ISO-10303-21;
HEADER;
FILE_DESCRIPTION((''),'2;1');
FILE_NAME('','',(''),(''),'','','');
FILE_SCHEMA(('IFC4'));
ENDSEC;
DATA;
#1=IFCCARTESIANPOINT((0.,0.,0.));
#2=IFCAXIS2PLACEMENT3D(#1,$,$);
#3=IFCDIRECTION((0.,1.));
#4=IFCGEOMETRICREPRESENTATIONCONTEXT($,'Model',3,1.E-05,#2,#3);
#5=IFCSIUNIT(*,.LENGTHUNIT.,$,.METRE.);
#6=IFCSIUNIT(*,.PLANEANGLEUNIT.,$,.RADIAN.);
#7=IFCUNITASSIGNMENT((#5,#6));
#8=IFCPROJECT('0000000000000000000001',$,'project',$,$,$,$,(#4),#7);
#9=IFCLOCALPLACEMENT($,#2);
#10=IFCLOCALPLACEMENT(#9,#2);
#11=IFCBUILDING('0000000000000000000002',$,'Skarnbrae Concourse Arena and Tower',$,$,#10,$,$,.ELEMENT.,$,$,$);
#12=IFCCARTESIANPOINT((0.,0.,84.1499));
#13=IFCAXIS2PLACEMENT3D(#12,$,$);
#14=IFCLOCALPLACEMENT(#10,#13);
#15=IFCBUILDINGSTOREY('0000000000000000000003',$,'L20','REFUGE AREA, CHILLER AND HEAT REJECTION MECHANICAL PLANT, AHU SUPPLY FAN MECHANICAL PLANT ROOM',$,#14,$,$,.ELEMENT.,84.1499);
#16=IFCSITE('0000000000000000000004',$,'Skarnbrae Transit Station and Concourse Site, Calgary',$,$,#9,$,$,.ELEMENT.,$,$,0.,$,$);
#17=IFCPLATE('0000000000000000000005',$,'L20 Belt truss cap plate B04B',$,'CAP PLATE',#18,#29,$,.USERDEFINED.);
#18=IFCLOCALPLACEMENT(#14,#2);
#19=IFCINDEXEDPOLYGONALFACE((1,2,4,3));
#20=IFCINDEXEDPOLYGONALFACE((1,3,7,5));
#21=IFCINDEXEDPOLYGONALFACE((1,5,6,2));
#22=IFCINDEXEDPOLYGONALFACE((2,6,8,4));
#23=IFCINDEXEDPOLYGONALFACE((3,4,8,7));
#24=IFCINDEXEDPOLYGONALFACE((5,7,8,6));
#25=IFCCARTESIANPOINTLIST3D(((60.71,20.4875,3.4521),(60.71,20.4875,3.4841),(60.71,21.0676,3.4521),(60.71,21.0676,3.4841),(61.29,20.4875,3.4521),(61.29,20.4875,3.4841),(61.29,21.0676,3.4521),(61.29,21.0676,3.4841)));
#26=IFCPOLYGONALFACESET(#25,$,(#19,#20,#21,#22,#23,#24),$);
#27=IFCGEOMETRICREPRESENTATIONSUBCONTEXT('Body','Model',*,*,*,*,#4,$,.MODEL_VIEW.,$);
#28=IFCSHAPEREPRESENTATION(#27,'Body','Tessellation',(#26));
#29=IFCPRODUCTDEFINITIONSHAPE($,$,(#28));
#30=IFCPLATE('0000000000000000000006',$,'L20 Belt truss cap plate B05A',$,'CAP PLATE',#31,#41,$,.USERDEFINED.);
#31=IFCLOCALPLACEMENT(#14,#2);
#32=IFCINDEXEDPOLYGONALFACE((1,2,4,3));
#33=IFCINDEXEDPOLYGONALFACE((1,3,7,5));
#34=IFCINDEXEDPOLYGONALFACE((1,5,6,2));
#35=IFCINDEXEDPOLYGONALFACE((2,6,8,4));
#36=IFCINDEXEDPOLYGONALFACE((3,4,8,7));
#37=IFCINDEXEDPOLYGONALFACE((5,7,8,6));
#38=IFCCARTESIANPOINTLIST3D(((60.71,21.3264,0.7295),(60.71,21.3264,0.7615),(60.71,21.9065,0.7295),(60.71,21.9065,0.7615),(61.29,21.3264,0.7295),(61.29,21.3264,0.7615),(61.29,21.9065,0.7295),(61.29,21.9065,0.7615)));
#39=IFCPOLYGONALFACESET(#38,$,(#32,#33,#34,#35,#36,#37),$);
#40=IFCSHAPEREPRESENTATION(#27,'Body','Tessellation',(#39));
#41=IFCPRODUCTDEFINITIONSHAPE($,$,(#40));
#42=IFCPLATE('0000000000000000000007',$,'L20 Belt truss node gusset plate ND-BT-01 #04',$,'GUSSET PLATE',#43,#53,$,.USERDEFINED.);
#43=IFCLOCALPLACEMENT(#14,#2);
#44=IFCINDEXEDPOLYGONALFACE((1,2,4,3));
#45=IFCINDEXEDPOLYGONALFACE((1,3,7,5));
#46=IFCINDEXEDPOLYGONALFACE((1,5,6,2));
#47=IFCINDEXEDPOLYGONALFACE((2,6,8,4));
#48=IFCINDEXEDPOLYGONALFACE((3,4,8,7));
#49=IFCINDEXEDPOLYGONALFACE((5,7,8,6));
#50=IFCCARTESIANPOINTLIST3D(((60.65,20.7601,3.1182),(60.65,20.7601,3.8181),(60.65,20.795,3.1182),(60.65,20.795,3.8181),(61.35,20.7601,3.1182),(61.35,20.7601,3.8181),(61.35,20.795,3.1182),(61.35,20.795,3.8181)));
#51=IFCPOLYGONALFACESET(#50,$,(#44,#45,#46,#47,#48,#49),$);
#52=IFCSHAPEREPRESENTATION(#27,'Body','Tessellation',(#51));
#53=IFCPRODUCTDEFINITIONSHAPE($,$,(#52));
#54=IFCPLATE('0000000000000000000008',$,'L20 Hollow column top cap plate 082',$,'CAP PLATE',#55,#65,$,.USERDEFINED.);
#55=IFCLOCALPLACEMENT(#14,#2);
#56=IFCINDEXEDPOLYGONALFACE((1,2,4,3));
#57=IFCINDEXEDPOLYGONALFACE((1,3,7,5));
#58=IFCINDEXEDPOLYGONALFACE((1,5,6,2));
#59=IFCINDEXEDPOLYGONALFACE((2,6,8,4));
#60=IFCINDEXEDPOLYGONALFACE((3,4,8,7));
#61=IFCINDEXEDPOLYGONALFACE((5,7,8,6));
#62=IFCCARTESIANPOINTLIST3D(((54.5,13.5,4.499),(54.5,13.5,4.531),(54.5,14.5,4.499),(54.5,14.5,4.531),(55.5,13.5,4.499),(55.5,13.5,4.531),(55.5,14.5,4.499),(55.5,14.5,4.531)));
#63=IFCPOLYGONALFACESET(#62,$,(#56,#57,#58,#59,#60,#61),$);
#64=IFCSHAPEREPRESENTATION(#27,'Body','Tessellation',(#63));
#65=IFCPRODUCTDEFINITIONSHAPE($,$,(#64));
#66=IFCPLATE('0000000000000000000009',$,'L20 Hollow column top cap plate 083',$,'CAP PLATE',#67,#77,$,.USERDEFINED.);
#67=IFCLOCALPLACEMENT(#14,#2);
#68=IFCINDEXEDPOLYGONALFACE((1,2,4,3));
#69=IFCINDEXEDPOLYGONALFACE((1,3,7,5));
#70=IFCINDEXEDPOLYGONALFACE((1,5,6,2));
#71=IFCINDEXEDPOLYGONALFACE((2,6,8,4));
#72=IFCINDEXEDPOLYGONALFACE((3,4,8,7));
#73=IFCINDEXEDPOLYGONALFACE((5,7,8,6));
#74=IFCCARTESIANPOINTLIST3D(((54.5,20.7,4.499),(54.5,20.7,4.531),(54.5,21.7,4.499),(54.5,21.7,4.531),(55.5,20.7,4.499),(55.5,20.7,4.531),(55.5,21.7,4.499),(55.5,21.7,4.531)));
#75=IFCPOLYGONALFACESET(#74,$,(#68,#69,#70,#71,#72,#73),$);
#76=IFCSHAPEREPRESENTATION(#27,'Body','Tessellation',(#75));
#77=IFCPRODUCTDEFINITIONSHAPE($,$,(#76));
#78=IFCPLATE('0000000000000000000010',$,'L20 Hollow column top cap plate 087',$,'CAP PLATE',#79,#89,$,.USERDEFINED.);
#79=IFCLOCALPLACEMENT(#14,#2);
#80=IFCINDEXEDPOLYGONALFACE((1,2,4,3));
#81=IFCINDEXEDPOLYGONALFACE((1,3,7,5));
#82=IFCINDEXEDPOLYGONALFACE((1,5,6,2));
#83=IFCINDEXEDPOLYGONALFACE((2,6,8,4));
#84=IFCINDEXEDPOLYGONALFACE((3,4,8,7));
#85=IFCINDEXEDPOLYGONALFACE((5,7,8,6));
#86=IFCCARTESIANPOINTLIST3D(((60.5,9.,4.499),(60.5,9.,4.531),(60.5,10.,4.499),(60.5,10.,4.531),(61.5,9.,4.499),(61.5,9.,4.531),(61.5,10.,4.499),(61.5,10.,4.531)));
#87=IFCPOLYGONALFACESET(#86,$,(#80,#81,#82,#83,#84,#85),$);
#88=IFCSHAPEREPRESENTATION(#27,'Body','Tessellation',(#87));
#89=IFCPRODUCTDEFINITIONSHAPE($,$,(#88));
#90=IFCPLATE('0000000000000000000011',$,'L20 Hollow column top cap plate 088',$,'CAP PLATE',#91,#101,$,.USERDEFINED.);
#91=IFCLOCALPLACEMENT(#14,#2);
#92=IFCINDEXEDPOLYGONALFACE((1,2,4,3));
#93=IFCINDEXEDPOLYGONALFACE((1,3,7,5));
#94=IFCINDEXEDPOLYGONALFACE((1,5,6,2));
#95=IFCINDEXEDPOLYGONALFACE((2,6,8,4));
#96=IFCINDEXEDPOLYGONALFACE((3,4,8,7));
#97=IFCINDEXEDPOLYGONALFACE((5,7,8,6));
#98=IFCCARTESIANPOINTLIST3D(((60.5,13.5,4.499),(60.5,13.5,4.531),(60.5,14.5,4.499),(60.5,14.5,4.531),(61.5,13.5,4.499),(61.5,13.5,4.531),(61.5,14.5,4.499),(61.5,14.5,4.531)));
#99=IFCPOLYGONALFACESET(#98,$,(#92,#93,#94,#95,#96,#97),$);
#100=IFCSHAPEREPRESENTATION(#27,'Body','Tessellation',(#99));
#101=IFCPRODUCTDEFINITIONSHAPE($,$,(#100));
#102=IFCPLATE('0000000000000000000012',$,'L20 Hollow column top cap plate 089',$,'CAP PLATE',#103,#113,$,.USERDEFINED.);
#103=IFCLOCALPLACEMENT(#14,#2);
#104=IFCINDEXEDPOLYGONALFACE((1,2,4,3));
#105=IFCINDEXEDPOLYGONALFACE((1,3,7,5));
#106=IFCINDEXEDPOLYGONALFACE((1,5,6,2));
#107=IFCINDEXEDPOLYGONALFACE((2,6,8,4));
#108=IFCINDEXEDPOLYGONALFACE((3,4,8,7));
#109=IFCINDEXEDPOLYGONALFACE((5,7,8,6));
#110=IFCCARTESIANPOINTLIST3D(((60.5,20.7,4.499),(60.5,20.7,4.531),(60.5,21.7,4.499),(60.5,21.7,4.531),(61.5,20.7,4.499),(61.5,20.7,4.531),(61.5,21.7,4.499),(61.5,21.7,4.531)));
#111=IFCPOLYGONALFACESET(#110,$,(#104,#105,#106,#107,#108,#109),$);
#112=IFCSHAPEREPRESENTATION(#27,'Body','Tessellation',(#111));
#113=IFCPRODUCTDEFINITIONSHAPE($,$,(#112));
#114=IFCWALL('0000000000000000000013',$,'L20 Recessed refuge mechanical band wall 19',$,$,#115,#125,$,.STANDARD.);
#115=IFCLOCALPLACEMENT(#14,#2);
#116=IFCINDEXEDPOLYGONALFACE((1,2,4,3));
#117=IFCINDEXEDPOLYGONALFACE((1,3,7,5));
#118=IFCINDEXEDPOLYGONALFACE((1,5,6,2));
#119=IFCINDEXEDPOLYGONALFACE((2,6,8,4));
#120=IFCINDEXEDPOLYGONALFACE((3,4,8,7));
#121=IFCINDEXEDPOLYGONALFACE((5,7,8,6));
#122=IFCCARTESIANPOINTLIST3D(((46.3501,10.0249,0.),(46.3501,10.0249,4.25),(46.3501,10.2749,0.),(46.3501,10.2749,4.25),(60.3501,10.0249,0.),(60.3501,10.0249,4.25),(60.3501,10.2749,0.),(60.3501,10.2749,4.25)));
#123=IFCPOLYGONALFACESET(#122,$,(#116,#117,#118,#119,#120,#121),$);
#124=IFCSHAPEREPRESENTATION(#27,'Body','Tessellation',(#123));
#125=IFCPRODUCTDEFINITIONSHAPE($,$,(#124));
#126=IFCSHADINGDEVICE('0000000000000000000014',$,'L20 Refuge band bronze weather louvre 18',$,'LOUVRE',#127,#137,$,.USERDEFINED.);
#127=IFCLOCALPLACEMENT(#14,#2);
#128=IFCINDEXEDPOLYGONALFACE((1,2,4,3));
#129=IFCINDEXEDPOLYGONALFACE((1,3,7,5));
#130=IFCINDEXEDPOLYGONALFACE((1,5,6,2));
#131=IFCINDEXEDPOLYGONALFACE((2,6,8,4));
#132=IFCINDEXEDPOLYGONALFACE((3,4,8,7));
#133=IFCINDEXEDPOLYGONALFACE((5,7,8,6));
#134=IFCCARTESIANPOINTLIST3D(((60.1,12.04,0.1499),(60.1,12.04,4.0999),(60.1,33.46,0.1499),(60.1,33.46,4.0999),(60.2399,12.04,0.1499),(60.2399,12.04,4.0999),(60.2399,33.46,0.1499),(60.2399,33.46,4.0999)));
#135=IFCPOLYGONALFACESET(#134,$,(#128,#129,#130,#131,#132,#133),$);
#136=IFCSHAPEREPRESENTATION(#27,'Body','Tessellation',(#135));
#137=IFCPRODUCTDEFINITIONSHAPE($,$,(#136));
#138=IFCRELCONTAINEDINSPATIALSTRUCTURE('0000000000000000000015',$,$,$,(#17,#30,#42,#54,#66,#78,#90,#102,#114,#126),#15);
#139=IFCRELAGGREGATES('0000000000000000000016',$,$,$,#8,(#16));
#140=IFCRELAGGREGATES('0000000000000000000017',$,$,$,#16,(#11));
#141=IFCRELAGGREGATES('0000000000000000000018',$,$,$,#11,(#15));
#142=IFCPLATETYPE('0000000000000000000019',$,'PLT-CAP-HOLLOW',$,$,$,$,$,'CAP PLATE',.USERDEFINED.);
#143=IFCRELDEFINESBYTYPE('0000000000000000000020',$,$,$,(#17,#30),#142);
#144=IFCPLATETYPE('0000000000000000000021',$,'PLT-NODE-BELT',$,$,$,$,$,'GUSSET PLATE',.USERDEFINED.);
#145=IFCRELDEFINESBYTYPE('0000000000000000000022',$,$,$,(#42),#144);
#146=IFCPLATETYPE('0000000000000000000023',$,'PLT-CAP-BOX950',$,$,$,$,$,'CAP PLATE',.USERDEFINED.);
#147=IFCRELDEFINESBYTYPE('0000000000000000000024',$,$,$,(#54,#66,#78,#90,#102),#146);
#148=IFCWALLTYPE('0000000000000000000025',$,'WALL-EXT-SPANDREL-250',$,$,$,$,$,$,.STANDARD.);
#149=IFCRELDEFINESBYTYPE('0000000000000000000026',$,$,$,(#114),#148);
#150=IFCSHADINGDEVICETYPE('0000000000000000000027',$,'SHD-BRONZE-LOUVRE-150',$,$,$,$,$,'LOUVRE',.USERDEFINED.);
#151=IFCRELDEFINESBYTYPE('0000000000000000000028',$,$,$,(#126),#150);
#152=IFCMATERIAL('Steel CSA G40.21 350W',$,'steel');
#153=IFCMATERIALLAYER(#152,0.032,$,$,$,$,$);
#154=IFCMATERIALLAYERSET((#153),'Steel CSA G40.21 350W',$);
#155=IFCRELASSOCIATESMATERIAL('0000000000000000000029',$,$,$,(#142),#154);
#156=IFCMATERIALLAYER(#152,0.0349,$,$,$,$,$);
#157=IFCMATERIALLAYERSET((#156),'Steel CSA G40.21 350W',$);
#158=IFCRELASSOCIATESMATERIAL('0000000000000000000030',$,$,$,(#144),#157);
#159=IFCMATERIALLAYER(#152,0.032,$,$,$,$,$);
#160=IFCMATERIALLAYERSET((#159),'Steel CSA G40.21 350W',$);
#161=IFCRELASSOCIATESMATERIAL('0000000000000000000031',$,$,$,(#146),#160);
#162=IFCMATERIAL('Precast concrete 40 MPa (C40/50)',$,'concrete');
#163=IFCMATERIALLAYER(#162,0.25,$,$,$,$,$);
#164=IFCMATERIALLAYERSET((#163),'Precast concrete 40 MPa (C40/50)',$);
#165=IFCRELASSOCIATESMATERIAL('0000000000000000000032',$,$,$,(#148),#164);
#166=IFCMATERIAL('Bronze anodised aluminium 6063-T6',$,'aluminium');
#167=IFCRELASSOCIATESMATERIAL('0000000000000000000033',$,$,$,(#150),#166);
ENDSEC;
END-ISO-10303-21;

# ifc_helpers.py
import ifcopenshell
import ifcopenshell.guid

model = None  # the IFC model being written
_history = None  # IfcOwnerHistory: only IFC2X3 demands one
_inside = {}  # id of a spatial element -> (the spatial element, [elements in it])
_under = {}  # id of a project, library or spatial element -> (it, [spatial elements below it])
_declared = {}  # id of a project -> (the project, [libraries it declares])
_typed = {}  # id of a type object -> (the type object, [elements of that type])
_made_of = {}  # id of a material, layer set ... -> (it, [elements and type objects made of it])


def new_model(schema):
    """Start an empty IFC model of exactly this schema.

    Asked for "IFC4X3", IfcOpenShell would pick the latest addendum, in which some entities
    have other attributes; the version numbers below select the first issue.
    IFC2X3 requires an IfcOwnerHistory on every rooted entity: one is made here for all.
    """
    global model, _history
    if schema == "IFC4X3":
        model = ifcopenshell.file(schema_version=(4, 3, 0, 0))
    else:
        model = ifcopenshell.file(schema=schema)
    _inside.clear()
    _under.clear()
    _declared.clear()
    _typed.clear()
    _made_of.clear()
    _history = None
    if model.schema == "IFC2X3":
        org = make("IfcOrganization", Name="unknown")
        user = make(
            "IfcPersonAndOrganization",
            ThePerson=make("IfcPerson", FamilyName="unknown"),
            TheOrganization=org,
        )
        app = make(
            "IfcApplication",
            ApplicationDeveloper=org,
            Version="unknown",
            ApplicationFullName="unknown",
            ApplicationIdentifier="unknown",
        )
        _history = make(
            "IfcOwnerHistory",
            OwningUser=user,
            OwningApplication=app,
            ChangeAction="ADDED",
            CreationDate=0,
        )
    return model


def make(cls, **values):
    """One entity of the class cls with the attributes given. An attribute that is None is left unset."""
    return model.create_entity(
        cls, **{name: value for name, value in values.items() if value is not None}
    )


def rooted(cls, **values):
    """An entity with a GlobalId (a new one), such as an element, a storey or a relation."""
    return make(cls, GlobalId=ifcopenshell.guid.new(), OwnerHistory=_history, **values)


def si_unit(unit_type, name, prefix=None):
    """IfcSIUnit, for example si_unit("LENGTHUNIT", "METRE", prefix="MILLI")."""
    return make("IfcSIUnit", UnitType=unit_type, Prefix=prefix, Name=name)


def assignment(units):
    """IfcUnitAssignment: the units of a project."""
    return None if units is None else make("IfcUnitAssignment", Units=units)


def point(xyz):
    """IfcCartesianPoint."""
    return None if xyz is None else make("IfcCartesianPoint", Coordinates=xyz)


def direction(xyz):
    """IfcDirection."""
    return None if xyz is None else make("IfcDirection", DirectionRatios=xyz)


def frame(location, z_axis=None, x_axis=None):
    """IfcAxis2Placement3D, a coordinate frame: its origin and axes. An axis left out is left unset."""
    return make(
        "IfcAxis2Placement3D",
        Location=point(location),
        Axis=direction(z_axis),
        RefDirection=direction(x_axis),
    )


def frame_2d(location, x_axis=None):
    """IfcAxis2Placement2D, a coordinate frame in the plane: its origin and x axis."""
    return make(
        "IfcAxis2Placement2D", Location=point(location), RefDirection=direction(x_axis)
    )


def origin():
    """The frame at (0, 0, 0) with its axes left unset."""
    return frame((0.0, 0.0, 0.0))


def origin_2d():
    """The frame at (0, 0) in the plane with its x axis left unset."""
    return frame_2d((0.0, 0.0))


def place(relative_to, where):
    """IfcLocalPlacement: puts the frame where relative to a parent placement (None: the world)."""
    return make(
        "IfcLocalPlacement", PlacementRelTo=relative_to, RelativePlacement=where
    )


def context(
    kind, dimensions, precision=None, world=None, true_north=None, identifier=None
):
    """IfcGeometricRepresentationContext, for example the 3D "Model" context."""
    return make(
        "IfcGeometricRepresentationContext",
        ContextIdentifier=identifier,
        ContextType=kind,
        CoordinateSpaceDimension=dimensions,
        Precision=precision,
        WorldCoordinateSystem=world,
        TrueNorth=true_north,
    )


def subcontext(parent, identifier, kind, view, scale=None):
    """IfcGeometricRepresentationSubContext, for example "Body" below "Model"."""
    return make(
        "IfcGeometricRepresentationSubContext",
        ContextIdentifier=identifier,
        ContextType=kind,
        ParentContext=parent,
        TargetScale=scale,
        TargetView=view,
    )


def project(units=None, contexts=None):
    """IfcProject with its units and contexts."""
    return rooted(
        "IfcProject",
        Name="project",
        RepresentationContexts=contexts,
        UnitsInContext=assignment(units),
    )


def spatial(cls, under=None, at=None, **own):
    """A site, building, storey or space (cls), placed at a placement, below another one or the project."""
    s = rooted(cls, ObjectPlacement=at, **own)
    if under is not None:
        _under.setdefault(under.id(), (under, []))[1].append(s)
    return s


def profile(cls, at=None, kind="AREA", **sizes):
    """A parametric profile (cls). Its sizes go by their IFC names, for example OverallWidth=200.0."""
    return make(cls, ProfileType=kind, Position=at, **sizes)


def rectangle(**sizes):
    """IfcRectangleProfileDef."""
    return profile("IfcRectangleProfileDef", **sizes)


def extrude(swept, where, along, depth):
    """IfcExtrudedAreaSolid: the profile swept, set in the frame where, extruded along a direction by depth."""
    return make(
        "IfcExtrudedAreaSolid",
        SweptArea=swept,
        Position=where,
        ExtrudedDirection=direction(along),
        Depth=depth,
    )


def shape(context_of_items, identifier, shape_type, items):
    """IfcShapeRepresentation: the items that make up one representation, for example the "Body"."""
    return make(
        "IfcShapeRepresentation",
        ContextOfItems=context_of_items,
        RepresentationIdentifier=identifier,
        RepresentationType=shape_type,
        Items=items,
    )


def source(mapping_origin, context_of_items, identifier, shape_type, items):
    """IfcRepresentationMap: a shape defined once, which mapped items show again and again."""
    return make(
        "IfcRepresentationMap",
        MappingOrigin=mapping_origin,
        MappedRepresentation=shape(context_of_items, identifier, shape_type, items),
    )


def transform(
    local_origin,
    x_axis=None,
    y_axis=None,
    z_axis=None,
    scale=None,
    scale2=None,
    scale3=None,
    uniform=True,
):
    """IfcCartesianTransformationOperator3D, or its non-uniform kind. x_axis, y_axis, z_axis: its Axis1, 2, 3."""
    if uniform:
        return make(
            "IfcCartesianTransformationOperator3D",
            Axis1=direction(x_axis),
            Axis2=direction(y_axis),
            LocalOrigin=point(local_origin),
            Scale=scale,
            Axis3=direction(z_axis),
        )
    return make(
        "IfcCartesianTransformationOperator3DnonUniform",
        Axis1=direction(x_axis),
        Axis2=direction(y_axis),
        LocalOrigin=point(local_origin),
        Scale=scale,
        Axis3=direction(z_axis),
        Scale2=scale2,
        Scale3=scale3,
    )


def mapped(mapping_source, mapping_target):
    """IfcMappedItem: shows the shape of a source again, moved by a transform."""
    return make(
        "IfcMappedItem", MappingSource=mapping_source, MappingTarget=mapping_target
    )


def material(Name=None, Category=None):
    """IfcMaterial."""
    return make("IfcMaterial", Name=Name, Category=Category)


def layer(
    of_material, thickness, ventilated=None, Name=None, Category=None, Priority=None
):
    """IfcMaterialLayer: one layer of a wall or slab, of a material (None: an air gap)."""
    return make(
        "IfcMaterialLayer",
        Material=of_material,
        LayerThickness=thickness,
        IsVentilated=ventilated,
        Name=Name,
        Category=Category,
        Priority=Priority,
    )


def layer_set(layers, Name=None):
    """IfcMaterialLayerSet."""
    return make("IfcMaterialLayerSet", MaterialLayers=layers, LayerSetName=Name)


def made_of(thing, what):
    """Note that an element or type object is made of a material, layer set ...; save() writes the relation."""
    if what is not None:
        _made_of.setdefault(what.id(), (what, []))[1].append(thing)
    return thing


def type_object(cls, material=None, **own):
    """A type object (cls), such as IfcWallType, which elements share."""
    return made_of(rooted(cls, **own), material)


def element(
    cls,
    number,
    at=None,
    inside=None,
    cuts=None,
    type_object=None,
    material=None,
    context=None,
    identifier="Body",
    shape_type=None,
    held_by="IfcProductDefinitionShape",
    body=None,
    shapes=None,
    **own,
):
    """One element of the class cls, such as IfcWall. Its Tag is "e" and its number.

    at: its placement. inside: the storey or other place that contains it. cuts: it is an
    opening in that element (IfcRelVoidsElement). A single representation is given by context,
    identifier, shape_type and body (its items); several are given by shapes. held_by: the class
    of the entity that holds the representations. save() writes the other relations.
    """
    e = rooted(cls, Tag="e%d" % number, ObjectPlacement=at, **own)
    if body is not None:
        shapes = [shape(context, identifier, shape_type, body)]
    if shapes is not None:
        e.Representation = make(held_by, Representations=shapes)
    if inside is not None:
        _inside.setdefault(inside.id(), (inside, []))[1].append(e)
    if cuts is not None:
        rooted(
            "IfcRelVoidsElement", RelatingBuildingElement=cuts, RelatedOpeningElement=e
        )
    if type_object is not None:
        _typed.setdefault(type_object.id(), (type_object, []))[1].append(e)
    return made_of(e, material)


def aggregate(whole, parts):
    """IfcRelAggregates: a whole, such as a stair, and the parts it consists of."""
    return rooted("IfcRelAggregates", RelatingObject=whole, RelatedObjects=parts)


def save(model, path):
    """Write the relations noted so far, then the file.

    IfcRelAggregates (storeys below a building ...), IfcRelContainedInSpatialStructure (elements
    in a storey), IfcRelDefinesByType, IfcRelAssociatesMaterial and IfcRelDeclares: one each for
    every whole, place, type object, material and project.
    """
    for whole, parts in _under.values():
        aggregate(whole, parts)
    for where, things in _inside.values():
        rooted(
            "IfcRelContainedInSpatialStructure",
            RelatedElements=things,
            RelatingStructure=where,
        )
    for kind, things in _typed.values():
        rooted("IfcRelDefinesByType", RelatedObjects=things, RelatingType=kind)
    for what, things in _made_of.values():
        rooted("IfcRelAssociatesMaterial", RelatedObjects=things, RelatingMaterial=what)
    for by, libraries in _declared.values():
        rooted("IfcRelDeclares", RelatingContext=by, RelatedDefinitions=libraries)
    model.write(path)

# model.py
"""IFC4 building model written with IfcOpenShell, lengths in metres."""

from ifc_helpers import new_model, si_unit, direction, frame, frame_2d, origin, origin_2d, place, context, subcontext, project, spatial, rectangle, extrude, source, transform, mapped, material, layer, layer_set, type_object, element, save


model = new_model("IFC4")

# Units and contexts
model_context = context("Model", 3, precision=1e-05, world=origin(), true_north=direction((0.0, 1.0)))
body_context = subcontext(model_context, "Body", "Model", "MODEL_VIEW")
ifc_project = project(units=[si_unit("LENGTHUNIT", "METRE"), si_unit("PLANEANGLEUNIT", "RADIAN")], contexts=[model_context])

# Site, building, storey
site_placement = place(None, origin())
site = spatial("IfcSite", under=ifc_project, at=site_placement, Name="Skarnbrae Transit Station and Concourse Site, Calgary", CompositionType="ELEMENT", RefElevation=0.0)
building_placement = place(site_placement, origin())
building = spatial("IfcBuilding", under=site, at=building_placement, Name="Skarnbrae Concourse Arena and Tower", CompositionType="ELEMENT")
storey_placement = place(building_placement, frame((0.0, 0.0, 84.1499)))
storey = spatial("IfcBuildingStorey", under=building, at=storey_placement, Name="L20", Description="REFUGE AREA, CHILLER AND HEAT REJECTION MECHANICAL PLANT, AHU SUPPLY FAN MECHANICAL PLANT ROOM", CompositionType="ELEMENT", Elevation=84.1499)

# Shared definitions
ifc_material_1 = material(Name="Steel CSA G40.21 350W", Category="steel")

# Plates
ifc_layer_1 = layer(ifc_material_1, 0.032)
ifc_layer_set_1 = layer_set([ifc_layer_1], Name="Steel CSA G40.21 350W")
plate_type_1 = type_object("IfcPlateType", Name="PLT-CAP-HOLLOW", ElementType="CAP PLATE", PredefinedType="USERDEFINED", material=ifc_layer_set_1)
shared_shape_1 = source(origin(), body_context, "Body", "SweptSolid", [
    extrude(rectangle(XDim=0.5801, YDim=0.5801, at=origin_2d()), origin(), (0.0, 0.0, 1.0), 0.032),
])
for number, where, z_axis, x_axis, name in (
    (1, (61.0, 20.7776, 3.4521), (0.0, 0.0, 1.0), (1.0, 0.0, 0.0), "L20 Belt truss cap plate B04B"),
    (2, (61.0, 21.6165, 0.7295), (0.0, 0.0, 1.0), (1.0, 0.0, 0.0), "L20 Belt truss cap plate B05A"),
):
    element("IfcPlate", number, at=place(storey_placement, frame(where, z_axis=z_axis, x_axis=x_axis)), inside=storey, type_object=plate_type_1, Name=name, ObjectType="CAP PLATE", PredefinedType="USERDEFINED", context=body_context, shape_type="MappedRepresentation", body=[
        mapped(shared_shape_1, transform((0.0, 0.0, 0.0))),
    ])
ifc_layer_2 = layer(ifc_material_1, 0.0349)
ifc_layer_set_2 = layer_set([ifc_layer_2], Name="Steel CSA G40.21 350W")
plate_type_2 = type_object("IfcPlateType", Name="PLT-NODE-BELT", ElementType="GUSSET PLATE", PredefinedType="USERDEFINED", material=ifc_layer_set_2)
shared_shape_2 = source(origin(), body_context, "Body", "SweptSolid", [
    extrude(rectangle(XDim=0.7, YDim=0.0349, at=origin_2d()), origin(), (0.0, 0.0, 1.0), 0.7),
])
plate_placement = place(storey_placement, frame((61.0, 20.7776, 3.1182), z_axis=(0.0, 0.0, 1.0), x_axis=(1.0, 0.0, 0.0)))
element("IfcPlate", 3, at=plate_placement, inside=storey, type_object=plate_type_2, Name="L20 Belt truss node gusset plate ND-BT-01 #04", ObjectType="GUSSET PLATE", PredefinedType="USERDEFINED", context=body_context, shape_type="MappedRepresentation", body=[
    mapped(shared_shape_2, transform((0.0, 0.0, 0.0))),
])
ifc_layer_3 = layer(ifc_material_1, 0.032)
ifc_layer_set_3 = layer_set([ifc_layer_3], Name="Steel CSA G40.21 350W")
plate_type_3 = type_object("IfcPlateType", Name="PLT-CAP-BOX950", ElementType="CAP PLATE", PredefinedType="USERDEFINED", material=ifc_layer_set_3)
shared_shape_3 = source(origin(), body_context, "Body", "SweptSolid", [
    extrude(rectangle(XDim=1.0, YDim=1.0, at=origin_2d()), origin(), (0.0, 0.0, 1.0), 0.032),
])
for number, where, z_axis, x_axis, name in (
    (4, (55.0, 14.0, 4.499), (0.0, 0.0, 1.0), (1.0, 0.0, 0.0), "L20 Hollow column top cap plate 082"),
    (5, (55.0, 21.2, 4.499), (0.0, 0.0, 1.0), (1.0, 0.0, 0.0), "L20 Hollow column top cap plate 083"),
    (6, (61.0, 9.5, 4.499), (0.0, 0.0, 1.0), (1.0, 0.0, 0.0), "L20 Hollow column top cap plate 087"),
    (7, (61.0, 14.0, 4.499), (0.0, 0.0, 1.0), (1.0, 0.0, 0.0), "L20 Hollow column top cap plate 088"),
    (8, (61.0, 21.2, 4.499), (0.0, 0.0, 1.0), (1.0, 0.0, 0.0), "L20 Hollow column top cap plate 089"),
):
    element("IfcPlate", number, at=place(storey_placement, frame(where, z_axis=z_axis, x_axis=x_axis)), inside=storey, type_object=plate_type_3, Name=name, ObjectType="CAP PLATE", PredefinedType="USERDEFINED", context=body_context, shape_type="MappedRepresentation", body=[
        mapped(shared_shape_3, transform((0.0, 0.0, 0.0))),
    ])

# Wall
ifc_material_2 = material(Name="Precast concrete 40 MPa (C40/50)", Category="concrete")
ifc_layer_4 = layer(ifc_material_2, 0.25)
ifc_layer_set_4 = layer_set([ifc_layer_4], Name="Precast concrete 40 MPa (C40/50)")
wall_type = type_object("IfcWallType", Name="WALL-EXT-SPANDREL-250", PredefinedType="STANDARD", material=ifc_layer_set_4)
shared_shape_4 = source(origin(), body_context, "Body", "SweptSolid", [
    extrude(rectangle(XDim=14.0, YDim=0.25, at=frame_2d((7.0, 0.0))), origin(), (0.0, 0.0, 1.0), 4.25),
])
wall_placement = place(storey_placement, frame((60.3501, 10.1499, 0.0), z_axis=(0.0, 0.0, 1.0), x_axis=(-1.0, 0.0, 0.0)))
element("IfcWall", 9, at=wall_placement, inside=storey, type_object=wall_type, Name="L20 Recessed refuge mechanical band wall 19", PredefinedType="STANDARD", context=body_context, shape_type="MappedRepresentation", body=[
    mapped(shared_shape_4, transform((0.0, 0.0, 0.0))),
])

# Shading device
ifc_material_3 = material(Name="Bronze anodised aluminium 6063-T6", Category="aluminium")
shading_device_type = type_object("IfcShadingDeviceType", Name="SHD-BRONZE-LOUVRE-150", ElementType="LOUVRE", PredefinedType="USERDEFINED", material=ifc_material_3)
shared_shape_5 = source(origin(), body_context, "Body", "SweptSolid", [
    extrude(rectangle(XDim=21.4199, YDim=0.1399, at=origin_2d()), origin(), (0.0, 0.0, 1.0), 3.95),
])
shading_device_placement = place(storey_placement, frame((60.1699, 22.75, 0.1499), z_axis=(0.0, 0.0, 1.0), x_axis=(0.0, -1.0, 0.0)))
element("IfcShadingDevice", 10, at=shading_device_placement, inside=storey, type_object=shading_device_type, Name="L20 Refuge band bronze weather louvre 18", ObjectType="LOUVRE", PredefinedType="USERDEFINED", context=body_context, shape_type="MappedRepresentation", body=[
    mapped(shared_shape_5, transform((0.0, 0.0, 0.0))),
])

save(model, "model.ifc")
